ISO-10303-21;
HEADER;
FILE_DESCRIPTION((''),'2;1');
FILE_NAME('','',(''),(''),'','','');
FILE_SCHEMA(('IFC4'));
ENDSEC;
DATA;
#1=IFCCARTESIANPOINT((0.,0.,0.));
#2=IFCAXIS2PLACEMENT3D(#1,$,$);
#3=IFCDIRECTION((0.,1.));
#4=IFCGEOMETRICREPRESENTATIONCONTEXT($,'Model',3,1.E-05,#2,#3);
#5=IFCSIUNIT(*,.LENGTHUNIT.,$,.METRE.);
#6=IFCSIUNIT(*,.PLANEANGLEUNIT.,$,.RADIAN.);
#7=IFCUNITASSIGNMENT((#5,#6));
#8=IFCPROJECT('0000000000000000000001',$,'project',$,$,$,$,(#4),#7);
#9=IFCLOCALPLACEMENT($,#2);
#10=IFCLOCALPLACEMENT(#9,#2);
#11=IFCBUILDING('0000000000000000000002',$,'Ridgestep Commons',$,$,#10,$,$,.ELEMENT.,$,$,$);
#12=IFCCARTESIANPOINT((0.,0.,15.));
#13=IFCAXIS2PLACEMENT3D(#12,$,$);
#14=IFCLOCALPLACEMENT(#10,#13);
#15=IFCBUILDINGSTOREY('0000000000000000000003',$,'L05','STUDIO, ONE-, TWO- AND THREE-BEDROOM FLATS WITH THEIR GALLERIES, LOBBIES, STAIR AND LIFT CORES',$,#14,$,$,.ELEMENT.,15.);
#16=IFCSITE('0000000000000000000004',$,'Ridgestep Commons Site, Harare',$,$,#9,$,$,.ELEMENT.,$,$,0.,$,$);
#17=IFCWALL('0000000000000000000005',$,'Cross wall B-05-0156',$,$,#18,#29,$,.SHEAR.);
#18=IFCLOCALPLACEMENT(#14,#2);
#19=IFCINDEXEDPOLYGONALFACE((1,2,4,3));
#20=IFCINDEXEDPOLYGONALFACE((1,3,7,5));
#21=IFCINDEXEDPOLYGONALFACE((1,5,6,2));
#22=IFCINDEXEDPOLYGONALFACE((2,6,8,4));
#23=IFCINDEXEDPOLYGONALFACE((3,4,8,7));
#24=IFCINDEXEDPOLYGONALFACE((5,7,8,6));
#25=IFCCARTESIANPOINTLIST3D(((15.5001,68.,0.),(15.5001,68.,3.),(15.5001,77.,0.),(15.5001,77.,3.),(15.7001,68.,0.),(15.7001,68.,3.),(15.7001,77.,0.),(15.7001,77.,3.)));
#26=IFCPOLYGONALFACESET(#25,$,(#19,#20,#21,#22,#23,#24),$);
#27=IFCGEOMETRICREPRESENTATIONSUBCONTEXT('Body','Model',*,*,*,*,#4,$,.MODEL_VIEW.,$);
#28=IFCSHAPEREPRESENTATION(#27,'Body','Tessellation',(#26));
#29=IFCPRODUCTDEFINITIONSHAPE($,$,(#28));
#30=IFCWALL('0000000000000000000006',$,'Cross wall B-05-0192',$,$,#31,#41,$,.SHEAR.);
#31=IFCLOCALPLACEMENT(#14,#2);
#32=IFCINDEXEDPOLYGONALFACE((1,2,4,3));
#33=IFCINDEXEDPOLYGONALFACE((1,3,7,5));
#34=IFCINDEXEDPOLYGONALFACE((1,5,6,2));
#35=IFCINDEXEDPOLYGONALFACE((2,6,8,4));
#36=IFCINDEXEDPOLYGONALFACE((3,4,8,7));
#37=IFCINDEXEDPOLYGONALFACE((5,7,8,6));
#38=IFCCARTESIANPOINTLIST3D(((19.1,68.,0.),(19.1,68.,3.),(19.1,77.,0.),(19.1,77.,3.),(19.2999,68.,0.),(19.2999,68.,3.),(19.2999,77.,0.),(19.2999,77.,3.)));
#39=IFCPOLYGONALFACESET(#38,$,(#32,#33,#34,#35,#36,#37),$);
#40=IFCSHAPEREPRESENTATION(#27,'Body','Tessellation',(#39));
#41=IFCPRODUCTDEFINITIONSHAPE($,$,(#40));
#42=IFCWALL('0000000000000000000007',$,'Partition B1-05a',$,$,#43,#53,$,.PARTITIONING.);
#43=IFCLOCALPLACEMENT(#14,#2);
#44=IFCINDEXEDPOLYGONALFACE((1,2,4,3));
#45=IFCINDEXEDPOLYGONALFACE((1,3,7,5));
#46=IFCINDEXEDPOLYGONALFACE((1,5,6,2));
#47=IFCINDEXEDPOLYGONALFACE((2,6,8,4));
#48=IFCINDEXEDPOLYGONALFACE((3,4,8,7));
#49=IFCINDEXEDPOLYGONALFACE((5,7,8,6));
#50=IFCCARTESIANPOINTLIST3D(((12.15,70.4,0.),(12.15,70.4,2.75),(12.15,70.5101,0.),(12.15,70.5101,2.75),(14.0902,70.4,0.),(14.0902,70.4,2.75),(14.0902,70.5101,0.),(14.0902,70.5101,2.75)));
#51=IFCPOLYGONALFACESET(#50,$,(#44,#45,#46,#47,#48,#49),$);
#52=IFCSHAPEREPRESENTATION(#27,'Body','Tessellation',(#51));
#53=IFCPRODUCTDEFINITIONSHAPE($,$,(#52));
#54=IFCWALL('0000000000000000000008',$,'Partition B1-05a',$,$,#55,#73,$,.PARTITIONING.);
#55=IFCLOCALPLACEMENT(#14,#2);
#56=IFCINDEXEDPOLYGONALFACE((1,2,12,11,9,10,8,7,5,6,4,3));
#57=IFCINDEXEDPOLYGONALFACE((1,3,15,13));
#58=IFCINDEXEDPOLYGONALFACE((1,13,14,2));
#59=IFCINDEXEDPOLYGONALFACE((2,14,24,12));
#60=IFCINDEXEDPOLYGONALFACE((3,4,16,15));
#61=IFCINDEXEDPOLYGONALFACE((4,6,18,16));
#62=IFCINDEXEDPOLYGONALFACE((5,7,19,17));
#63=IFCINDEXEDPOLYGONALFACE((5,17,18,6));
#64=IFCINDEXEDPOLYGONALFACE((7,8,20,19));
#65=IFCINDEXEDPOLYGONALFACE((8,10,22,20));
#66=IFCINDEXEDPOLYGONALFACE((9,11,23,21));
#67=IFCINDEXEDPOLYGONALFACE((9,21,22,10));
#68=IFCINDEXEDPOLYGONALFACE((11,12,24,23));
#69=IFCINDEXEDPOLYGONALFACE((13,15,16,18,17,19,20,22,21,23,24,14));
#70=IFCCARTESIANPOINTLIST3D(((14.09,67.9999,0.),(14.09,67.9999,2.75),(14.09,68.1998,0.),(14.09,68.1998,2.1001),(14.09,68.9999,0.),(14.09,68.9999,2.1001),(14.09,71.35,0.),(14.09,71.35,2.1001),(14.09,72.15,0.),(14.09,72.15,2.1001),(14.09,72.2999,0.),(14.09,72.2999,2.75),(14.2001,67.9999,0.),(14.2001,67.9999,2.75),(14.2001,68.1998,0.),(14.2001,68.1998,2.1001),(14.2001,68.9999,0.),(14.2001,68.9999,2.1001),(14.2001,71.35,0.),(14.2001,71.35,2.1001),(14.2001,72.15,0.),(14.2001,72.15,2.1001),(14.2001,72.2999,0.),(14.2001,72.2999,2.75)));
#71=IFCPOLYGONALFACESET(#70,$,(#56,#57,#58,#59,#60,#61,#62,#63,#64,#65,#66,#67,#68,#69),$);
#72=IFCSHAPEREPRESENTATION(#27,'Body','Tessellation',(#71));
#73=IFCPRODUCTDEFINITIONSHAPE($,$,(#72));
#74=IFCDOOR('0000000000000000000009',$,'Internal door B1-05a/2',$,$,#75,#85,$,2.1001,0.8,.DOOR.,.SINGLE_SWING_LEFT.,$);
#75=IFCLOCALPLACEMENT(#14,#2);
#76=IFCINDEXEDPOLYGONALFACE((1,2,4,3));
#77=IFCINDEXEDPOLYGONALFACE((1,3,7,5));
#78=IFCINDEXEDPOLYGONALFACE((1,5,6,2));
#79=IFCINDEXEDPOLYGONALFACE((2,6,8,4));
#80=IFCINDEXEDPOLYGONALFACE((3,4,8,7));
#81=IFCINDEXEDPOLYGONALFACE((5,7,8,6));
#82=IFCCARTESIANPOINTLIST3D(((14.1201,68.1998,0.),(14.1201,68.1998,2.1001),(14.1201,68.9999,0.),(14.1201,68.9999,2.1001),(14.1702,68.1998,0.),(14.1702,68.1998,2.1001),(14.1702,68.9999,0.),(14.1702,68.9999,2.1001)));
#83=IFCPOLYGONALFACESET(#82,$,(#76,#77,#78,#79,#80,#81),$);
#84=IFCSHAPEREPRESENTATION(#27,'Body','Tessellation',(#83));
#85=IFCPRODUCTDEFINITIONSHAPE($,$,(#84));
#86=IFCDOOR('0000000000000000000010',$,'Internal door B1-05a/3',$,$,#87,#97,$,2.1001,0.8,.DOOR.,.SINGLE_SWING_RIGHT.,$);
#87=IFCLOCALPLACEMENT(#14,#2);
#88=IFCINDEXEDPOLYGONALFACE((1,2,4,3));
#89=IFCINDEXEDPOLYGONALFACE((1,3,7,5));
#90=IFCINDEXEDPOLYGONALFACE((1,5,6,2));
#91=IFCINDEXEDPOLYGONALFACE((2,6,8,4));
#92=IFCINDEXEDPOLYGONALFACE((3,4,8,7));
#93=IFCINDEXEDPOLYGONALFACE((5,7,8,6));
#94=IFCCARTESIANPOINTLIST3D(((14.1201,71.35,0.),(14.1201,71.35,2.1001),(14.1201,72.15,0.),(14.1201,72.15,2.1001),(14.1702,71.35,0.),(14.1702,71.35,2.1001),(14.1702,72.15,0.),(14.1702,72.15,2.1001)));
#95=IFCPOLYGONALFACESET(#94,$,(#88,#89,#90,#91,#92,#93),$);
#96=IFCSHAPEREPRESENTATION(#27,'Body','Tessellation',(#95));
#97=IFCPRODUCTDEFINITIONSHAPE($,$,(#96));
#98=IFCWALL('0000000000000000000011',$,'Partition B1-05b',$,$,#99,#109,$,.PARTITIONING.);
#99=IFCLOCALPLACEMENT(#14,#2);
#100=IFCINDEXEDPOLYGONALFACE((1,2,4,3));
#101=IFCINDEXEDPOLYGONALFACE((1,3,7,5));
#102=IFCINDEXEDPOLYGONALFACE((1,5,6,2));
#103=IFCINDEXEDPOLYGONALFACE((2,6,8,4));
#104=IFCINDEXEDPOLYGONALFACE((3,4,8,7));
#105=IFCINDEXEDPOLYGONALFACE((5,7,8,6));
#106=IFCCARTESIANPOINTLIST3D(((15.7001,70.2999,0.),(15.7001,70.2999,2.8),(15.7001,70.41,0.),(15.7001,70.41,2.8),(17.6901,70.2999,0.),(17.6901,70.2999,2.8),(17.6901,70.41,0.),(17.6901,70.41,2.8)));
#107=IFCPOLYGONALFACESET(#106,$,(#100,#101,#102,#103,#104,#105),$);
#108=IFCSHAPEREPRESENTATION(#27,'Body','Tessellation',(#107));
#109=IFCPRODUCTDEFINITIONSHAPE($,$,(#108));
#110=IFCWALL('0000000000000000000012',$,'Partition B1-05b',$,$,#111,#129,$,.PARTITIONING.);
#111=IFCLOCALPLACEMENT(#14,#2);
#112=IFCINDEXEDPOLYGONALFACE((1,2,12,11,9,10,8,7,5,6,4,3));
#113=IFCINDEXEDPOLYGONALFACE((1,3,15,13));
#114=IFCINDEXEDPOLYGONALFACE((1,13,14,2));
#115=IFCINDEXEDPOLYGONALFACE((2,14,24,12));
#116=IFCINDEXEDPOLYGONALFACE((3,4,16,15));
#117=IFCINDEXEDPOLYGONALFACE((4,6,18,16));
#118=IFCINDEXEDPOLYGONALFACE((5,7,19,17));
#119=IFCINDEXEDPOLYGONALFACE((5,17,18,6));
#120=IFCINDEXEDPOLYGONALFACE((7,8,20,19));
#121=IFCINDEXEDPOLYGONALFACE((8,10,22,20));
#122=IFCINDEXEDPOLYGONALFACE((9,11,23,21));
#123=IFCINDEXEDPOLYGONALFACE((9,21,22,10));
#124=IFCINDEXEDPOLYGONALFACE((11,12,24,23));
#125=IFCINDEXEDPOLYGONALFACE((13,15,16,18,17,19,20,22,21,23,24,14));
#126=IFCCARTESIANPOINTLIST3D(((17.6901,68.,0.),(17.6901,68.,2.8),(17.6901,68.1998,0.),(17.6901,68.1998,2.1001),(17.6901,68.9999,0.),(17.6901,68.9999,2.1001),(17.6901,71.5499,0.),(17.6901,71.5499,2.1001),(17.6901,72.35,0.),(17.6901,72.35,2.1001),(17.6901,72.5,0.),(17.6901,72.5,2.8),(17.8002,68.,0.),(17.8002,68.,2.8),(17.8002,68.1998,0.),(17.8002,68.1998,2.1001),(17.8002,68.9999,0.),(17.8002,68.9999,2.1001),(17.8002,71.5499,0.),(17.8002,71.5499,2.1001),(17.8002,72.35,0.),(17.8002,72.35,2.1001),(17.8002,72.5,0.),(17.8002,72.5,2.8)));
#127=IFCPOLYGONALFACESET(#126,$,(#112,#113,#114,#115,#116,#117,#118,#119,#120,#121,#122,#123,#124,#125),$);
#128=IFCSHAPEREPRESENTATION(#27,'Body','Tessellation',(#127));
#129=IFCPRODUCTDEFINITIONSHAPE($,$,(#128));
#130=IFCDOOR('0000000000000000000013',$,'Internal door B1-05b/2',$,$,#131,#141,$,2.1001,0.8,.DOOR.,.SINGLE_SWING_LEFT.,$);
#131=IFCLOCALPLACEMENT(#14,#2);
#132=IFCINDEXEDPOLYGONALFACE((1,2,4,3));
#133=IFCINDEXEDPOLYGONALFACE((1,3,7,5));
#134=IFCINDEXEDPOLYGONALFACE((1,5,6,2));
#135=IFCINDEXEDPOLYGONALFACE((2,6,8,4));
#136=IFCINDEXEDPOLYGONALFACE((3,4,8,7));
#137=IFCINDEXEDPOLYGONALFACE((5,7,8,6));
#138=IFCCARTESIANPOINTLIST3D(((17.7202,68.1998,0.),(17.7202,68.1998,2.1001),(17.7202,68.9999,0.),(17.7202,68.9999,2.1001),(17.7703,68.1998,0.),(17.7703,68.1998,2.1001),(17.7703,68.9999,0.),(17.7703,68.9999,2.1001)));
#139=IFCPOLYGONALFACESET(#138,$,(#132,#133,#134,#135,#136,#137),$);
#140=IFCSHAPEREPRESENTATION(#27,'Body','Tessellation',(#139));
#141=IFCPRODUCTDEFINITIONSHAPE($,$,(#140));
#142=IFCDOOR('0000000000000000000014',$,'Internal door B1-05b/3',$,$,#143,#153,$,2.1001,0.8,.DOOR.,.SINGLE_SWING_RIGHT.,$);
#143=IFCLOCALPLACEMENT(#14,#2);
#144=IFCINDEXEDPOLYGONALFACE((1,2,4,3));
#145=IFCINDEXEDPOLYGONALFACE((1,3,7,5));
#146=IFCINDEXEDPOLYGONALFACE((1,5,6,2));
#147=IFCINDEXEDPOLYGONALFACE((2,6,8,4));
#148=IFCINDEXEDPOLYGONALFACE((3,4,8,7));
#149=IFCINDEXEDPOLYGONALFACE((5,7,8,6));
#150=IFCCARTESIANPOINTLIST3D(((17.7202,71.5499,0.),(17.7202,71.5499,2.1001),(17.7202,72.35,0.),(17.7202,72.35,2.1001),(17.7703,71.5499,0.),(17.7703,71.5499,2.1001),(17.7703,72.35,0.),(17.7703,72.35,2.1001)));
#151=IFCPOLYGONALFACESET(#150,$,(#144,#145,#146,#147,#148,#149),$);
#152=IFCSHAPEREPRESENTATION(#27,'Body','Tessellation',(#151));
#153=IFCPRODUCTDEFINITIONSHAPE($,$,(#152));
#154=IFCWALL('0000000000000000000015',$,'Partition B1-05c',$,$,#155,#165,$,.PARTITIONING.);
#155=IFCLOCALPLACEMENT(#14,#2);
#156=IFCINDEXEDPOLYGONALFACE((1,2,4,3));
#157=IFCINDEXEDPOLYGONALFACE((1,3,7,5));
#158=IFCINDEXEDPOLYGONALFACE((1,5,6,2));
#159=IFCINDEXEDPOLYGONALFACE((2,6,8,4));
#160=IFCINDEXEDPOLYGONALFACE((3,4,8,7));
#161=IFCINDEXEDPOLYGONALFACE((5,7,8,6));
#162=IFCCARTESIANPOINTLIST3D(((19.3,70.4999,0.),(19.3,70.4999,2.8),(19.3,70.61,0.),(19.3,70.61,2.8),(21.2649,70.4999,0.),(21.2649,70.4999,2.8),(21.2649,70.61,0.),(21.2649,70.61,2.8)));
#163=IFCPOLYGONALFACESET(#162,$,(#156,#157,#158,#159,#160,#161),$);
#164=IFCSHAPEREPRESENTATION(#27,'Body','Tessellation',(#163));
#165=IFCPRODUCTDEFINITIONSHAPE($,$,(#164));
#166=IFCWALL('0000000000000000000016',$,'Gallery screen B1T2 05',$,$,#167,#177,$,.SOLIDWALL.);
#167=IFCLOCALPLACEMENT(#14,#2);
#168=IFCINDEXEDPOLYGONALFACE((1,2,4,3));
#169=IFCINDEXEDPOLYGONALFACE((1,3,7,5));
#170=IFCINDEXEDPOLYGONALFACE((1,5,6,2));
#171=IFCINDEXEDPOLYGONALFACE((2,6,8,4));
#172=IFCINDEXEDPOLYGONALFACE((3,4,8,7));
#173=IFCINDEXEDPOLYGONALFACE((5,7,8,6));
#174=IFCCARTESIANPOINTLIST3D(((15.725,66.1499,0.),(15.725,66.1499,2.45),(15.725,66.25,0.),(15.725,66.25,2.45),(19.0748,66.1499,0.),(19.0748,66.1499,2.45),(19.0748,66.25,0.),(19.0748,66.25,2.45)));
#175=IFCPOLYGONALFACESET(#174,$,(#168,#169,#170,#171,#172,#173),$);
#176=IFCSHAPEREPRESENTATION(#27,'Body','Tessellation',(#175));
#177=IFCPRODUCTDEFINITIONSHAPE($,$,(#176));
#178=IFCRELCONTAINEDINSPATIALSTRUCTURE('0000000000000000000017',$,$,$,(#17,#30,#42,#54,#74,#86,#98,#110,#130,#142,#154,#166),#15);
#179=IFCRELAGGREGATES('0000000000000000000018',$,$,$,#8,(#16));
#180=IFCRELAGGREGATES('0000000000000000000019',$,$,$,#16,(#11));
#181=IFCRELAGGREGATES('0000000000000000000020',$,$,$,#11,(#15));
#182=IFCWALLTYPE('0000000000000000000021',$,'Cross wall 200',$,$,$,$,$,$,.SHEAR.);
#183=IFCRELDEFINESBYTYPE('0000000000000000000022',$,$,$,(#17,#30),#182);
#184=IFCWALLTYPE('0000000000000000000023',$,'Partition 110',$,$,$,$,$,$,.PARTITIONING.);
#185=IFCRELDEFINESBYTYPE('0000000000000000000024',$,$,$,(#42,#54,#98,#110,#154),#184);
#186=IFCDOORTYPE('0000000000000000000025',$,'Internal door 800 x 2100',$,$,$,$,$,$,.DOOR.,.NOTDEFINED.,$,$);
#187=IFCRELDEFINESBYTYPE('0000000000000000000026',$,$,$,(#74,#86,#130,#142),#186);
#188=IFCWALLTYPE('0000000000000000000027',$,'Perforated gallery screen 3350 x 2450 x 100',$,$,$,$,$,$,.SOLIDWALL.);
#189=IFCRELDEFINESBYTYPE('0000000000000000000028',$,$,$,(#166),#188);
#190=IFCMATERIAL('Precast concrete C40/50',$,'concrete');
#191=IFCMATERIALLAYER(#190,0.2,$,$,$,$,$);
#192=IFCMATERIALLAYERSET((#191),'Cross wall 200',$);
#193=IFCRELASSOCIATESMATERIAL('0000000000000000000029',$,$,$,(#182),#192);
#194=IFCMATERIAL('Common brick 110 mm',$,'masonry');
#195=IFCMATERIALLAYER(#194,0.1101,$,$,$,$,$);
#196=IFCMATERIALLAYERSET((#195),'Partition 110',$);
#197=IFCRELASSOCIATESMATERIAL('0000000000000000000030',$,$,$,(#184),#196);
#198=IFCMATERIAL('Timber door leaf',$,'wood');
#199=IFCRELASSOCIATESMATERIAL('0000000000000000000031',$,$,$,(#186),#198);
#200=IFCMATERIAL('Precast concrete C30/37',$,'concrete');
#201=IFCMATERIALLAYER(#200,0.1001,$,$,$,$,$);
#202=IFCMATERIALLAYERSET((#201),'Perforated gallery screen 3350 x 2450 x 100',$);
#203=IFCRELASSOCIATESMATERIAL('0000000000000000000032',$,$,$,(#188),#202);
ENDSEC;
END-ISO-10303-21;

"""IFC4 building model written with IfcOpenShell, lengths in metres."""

from ifc_helpers import new_model, si_unit, direction, frame, frame_2d, origin, place, context, subcontext, project, spatial, rectangle, extrude, material, layer, layer_set, type_object, element, fill, save


model = new_model("IFC4")

# Units and contexts
model_context = context("Model", 3, precision=1e-05, world=origin(), true_north=direction((0.0, 1.0)))
body_context = subcontext(model_context, "Body", "Model", "MODEL_VIEW")
ifc_project = project(units=[si_unit("LENGTHUNIT", "METRE"), si_unit("PLANEANGLEUNIT", "RADIAN")], contexts=[model_context])

# Site, building, storey
site_placement = place(None, origin())
site = spatial("IfcSite", under=ifc_project, at=site_placement, Name="Ridgestep Commons Site, Harare", CompositionType="ELEMENT", RefElevation=0.0)
building_placement = place(site_placement, origin())
building = spatial("IfcBuilding", under=site, at=building_placement, Name="Ridgestep Commons", CompositionType="ELEMENT")
storey_placement = place(building_placement, frame((0.0, 0.0, 15.0)))
storey = spatial("IfcBuildingStorey", under=building, at=storey_placement, Name="L05", Description="STUDIO, ONE-, TWO- AND THREE-BEDROOM FLATS WITH THEIR GALLERIES, LOBBIES, STAIR AND LIFT CORES", CompositionType="ELEMENT", Elevation=15.0)

# Walls
ifc_material_1 = material(Name="Precast concrete C40/50", Category="concrete")
ifc_layer_1 = layer(ifc_material_1, 0.2)
ifc_layer_set_1 = layer_set([ifc_layer_1], Name="Cross wall 200")
wall_type_1 = type_object("IfcWallType", Name="Cross wall 200", PredefinedType="SHEAR", material=ifc_layer_set_1)
for number, where, z_axis, x_axis, name in (
    (1, (15.6001, 68.0, 0.0), (0.0, 0.0, 1.0), (0.0, 1.0, 0.0), "Cross wall B-05-0156"),
    (2, (19.2, 68.0, 0.0), (0.0, 0.0, 1.0), (0.0, 1.0, 0.0), "Cross wall B-05-0192"),
):
    element("IfcWall", number, at=place(storey_placement, frame(where, z_axis=z_axis, x_axis=x_axis)), inside=storey, type_object=wall_type_1, Name=name, PredefinedType="SHEAR", context=body_context, shape_type="SweptSolid", body=[
        extrude(rectangle(XDim=9.0, YDim=0.2, at=frame_2d((4.5, 0.0))), origin(), (0.0, 0.0, 1.0), 3.0),
    ])
ifc_material_2 = material(Name="Common brick 110 mm", Category="masonry")
ifc_layer_2 = layer(ifc_material_2, 0.1101)
ifc_layer_set_2 = layer_set([ifc_layer_2], Name="Partition 110")
wall_type_2 = type_object("IfcWallType", Name="Partition 110", PredefinedType="PARTITIONING", material=ifc_layer_set_2)
wall_1_placement = place(storey_placement, frame((12.1499, 70.4551, 0.0), z_axis=(0.0, 0.0, 1.0), x_axis=(1.0, 0.0, 0.0)))
element("IfcWall", 3, at=wall_1_placement, inside=storey, type_object=wall_type_2, Name="Partition B1-05a", PredefinedType="PARTITIONING", context=body_context, shape_type="SweptSolid", body=[
    extrude(rectangle(XDim=1.9402, YDim=0.1101, at=frame_2d((0.9702, 0.0))), origin(), (0.0, 0.0, 1.0), 2.75),
])

# Wall, openings, doors
wall_2_placement = place(storey_placement, frame((14.145, 68.0, 0.0), z_axis=(0.0, 0.0, 1.0), x_axis=(0.0, 1.0, 0.0)))
wall_2 = element("IfcWall", 4, at=wall_2_placement, inside=storey, type_object=wall_type_2, Name="Partition B1-05a", PredefinedType="PARTITIONING", context=body_context, shape_type="SweptSolid", body=[
    extrude(rectangle(XDim=4.3, YDim=0.1101, at=frame_2d((2.1499, 0.0))), origin(), (0.0, 0.0, 1.0), 2.75),
])
opening_1_placement = place(wall_2_placement, frame((0.2, 0.0, 0.0)))
opening_1 = element("IfcOpeningElement", 5, at=opening_1_placement, cuts=wall_2, PredefinedType="OPENING", context=body_context, shape_type="SweptSolid", body=[
    extrude(rectangle(XDim=0.8, YDim=2.1001, at=frame_2d((0.3999, 1.05))), frame((0.0, 0.0649, 0.0), z_axis=(0.0, -1.0, 0.0), x_axis=(1.0, 0.0, 0.0)), (0.0, 0.0, 1.0), 0.1301),
])
opening_2_placement = place(wall_2_placement, frame((3.3501, 0.0, 0.0)))
opening_2 = element("IfcOpeningElement", 6, at=opening_2_placement, cuts=wall_2, PredefinedType="OPENING", context=body_context, shape_type="SweptSolid", body=[
    extrude(rectangle(XDim=0.8, YDim=2.1001, at=frame_2d((0.3999, 1.05))), frame((0.0, 0.0649, 0.0), z_axis=(0.0, -1.0, 0.0), x_axis=(1.0, 0.0, 0.0)), (0.0, 0.0, 1.0), 0.1301),
])
ifc_material_3 = material(Name="Timber door leaf", Category="wood")
door_type_1 = type_object("IfcDoorType", Name="Internal door 800 x 2100", OperationType="NOTDEFINED", PredefinedType="DOOR", material=ifc_material_3)
door_1_placement = place(opening_1_placement, origin())
door_1 = element("IfcDoor", 7, at=door_1_placement, inside=storey, type_object=door_type_1, Name="Internal door B1-05a/2", OperationType="SINGLE_SWING_LEFT", OverallHeight=2.1001, OverallWidth=0.8, PredefinedType="DOOR", context=body_context, shape_type="SweptSolid", body=[
    extrude(rectangle(XDim=0.8, YDim=2.1001, at=frame_2d((0.3999, 1.05))), frame((0.0, 0.0249, 0.0), z_axis=(0.0, -1.0, 0.0), x_axis=(1.0, 0.0, 0.0)), (0.0, 0.0, 1.0), 0.05),
])
fill(opening_1, door_1)
door_2_placement = place(opening_2_placement, origin())
door_2 = element("IfcDoor", 8, at=door_2_placement, inside=storey, type_object=door_type_1, Name="Internal door B1-05a/3", OperationType="SINGLE_SWING_RIGHT", OverallHeight=2.1001, OverallWidth=0.8, PredefinedType="DOOR", context=body_context, shape_type="SweptSolid", body=[
    extrude(rectangle(XDim=0.8, YDim=2.1001, at=frame_2d((0.3999, 1.05))), frame((0.0, 0.0249, 0.0), z_axis=(0.0, -1.0, 0.0), x_axis=(1.0, 0.0, 0.0)), (0.0, 0.0, 1.0), 0.05),
])
fill(opening_2, door_2)

# Wall
wall_3_placement = place(storey_placement, frame((15.7, 70.355, 0.0), z_axis=(0.0, 0.0, 1.0), x_axis=(1.0, 0.0, 0.0)))
element("IfcWall", 9, at=wall_3_placement, inside=storey, type_object=wall_type_2, Name="Partition B1-05b", PredefinedType="PARTITIONING", context=body_context, shape_type="SweptSolid", body=[
    extrude(rectangle(XDim=1.99, YDim=0.1101, at=frame_2d((0.9951, 0.0))), origin(), (0.0, 0.0, 1.0), 2.8),
])

# Wall, openings, doors
wall_4_placement = place(storey_placement, frame((17.7451, 68.0, 0.0), z_axis=(0.0, 0.0, 1.0), x_axis=(0.0, 1.0, 0.0)))
wall_4 = element("IfcWall", 10, at=wall_4_placement, inside=storey, type_object=wall_type_2, Name="Partition B1-05b", PredefinedType="PARTITIONING", context=body_context, shape_type="SweptSolid", body=[
    extrude(rectangle(XDim=4.5, YDim=0.1101, at=frame_2d((2.25, 0.0))), origin(), (0.0, 0.0, 1.0), 2.8),
])
opening_3_placement = place(wall_4_placement, frame((0.2, 0.0, 0.0)))
opening_3 = element("IfcOpeningElement", 11, at=opening_3_placement, cuts=wall_4, PredefinedType="OPENING", context=body_context, shape_type="SweptSolid", body=[
    extrude(rectangle(XDim=0.8, YDim=2.1001, at=frame_2d((0.3999, 1.05))), frame((0.0, 0.0649, 0.0), z_axis=(0.0, -1.0, 0.0), x_axis=(1.0, 0.0, 0.0)), (0.0, 0.0, 1.0), 0.1301),
])
opening_4_placement = place(wall_4_placement, frame((3.55, 0.0, 0.0)))
opening_4 = element("IfcOpeningElement", 12, at=opening_4_placement, cuts=wall_4, PredefinedType="OPENING", context=body_context, shape_type="SweptSolid", body=[
    extrude(rectangle(XDim=0.8, YDim=2.1001, at=frame_2d((0.3999, 1.05))), frame((0.0, 0.0649, 0.0), z_axis=(0.0, -1.0, 0.0), x_axis=(1.0, 0.0, 0.0)), (0.0, 0.0, 1.0), 0.1301),
])
door_3_placement = place(opening_3_placement, origin())
door_3 = element("IfcDoor", 13, at=door_3_placement, inside=storey, type_object=door_type_1, Name="Internal door B1-05b/2", OperationType="SINGLE_SWING_LEFT", OverallHeight=2.1001, OverallWidth=0.8, PredefinedType="DOOR", context=body_context, shape_type="SweptSolid", body=[
    extrude(rectangle(XDim=0.8, YDim=2.1001, at=frame_2d((0.3999, 1.05))), frame((0.0, 0.0249, 0.0), z_axis=(0.0, -1.0, 0.0), x_axis=(1.0, 0.0, 0.0)), (0.0, 0.0, 1.0), 0.05),
])
fill(opening_3, door_3)
door_4_placement = place(opening_4_placement, origin())
door_4 = element("IfcDoor", 14, at=door_4_placement, inside=storey, type_object=door_type_1, Name="Internal door B1-05b/3", OperationType="SINGLE_SWING_RIGHT", OverallHeight=2.1001, OverallWidth=0.8, PredefinedType="DOOR", context=body_context, shape_type="SweptSolid", body=[
    extrude(rectangle(XDim=0.8, YDim=2.1001, at=frame_2d((0.3999, 1.05))), frame((0.0, 0.0249, 0.0), z_axis=(0.0, -1.0, 0.0), x_axis=(1.0, 0.0, 0.0)), (0.0, 0.0, 1.0), 0.05),
])
fill(opening_4, door_4)

# Walls
wall_5_placement = place(storey_placement, frame((19.3, 70.5549, 0.0), z_axis=(0.0, 0.0, 1.0), x_axis=(1.0, 0.0, 0.0)))
element("IfcWall", 15, at=wall_5_placement, inside=storey, type_object=wall_type_2, Name="Partition B1-05c", PredefinedType="PARTITIONING", context=body_context, shape_type="SweptSolid", body=[
    extrude(rectangle(XDim=1.9648, YDim=0.1101, at=frame_2d((0.9824, 0.0))), origin(), (0.0, 0.0, 1.0), 2.8),
])
ifc_material_4 = material(Name="Precast concrete C30/37", Category="concrete")
ifc_layer_3 = layer(ifc_material_4, 0.1001)
ifc_layer_set_3 = layer_set([ifc_layer_3], Name="Perforated gallery screen 3350 x 2450 x 100")
wall_type_3 = type_object("IfcWallType", Name="Perforated gallery screen 3350 x 2450 x 100", PredefinedType="SOLIDWALL", material=ifc_layer_set_3)
wall_6_placement = place(storey_placement, frame((15.7251, 66.2, 0.0), z_axis=(0.0, 0.0, 1.0), x_axis=(1.0, 0.0, 0.0)))
element("IfcWall", 16, at=wall_6_placement, inside=storey, type_object=wall_type_3, Name="Gallery screen B1T2 05", PredefinedType="SOLIDWALL", context=body_context, shape_type="SweptSolid", body=[
    extrude(rectangle(XDim=3.3499, YDim=0.1001, at=frame_2d((1.6748, 0.0))), origin(), (0.0, 0.0, 1.0), 2.45),
])

save(model, "model.ifc")
